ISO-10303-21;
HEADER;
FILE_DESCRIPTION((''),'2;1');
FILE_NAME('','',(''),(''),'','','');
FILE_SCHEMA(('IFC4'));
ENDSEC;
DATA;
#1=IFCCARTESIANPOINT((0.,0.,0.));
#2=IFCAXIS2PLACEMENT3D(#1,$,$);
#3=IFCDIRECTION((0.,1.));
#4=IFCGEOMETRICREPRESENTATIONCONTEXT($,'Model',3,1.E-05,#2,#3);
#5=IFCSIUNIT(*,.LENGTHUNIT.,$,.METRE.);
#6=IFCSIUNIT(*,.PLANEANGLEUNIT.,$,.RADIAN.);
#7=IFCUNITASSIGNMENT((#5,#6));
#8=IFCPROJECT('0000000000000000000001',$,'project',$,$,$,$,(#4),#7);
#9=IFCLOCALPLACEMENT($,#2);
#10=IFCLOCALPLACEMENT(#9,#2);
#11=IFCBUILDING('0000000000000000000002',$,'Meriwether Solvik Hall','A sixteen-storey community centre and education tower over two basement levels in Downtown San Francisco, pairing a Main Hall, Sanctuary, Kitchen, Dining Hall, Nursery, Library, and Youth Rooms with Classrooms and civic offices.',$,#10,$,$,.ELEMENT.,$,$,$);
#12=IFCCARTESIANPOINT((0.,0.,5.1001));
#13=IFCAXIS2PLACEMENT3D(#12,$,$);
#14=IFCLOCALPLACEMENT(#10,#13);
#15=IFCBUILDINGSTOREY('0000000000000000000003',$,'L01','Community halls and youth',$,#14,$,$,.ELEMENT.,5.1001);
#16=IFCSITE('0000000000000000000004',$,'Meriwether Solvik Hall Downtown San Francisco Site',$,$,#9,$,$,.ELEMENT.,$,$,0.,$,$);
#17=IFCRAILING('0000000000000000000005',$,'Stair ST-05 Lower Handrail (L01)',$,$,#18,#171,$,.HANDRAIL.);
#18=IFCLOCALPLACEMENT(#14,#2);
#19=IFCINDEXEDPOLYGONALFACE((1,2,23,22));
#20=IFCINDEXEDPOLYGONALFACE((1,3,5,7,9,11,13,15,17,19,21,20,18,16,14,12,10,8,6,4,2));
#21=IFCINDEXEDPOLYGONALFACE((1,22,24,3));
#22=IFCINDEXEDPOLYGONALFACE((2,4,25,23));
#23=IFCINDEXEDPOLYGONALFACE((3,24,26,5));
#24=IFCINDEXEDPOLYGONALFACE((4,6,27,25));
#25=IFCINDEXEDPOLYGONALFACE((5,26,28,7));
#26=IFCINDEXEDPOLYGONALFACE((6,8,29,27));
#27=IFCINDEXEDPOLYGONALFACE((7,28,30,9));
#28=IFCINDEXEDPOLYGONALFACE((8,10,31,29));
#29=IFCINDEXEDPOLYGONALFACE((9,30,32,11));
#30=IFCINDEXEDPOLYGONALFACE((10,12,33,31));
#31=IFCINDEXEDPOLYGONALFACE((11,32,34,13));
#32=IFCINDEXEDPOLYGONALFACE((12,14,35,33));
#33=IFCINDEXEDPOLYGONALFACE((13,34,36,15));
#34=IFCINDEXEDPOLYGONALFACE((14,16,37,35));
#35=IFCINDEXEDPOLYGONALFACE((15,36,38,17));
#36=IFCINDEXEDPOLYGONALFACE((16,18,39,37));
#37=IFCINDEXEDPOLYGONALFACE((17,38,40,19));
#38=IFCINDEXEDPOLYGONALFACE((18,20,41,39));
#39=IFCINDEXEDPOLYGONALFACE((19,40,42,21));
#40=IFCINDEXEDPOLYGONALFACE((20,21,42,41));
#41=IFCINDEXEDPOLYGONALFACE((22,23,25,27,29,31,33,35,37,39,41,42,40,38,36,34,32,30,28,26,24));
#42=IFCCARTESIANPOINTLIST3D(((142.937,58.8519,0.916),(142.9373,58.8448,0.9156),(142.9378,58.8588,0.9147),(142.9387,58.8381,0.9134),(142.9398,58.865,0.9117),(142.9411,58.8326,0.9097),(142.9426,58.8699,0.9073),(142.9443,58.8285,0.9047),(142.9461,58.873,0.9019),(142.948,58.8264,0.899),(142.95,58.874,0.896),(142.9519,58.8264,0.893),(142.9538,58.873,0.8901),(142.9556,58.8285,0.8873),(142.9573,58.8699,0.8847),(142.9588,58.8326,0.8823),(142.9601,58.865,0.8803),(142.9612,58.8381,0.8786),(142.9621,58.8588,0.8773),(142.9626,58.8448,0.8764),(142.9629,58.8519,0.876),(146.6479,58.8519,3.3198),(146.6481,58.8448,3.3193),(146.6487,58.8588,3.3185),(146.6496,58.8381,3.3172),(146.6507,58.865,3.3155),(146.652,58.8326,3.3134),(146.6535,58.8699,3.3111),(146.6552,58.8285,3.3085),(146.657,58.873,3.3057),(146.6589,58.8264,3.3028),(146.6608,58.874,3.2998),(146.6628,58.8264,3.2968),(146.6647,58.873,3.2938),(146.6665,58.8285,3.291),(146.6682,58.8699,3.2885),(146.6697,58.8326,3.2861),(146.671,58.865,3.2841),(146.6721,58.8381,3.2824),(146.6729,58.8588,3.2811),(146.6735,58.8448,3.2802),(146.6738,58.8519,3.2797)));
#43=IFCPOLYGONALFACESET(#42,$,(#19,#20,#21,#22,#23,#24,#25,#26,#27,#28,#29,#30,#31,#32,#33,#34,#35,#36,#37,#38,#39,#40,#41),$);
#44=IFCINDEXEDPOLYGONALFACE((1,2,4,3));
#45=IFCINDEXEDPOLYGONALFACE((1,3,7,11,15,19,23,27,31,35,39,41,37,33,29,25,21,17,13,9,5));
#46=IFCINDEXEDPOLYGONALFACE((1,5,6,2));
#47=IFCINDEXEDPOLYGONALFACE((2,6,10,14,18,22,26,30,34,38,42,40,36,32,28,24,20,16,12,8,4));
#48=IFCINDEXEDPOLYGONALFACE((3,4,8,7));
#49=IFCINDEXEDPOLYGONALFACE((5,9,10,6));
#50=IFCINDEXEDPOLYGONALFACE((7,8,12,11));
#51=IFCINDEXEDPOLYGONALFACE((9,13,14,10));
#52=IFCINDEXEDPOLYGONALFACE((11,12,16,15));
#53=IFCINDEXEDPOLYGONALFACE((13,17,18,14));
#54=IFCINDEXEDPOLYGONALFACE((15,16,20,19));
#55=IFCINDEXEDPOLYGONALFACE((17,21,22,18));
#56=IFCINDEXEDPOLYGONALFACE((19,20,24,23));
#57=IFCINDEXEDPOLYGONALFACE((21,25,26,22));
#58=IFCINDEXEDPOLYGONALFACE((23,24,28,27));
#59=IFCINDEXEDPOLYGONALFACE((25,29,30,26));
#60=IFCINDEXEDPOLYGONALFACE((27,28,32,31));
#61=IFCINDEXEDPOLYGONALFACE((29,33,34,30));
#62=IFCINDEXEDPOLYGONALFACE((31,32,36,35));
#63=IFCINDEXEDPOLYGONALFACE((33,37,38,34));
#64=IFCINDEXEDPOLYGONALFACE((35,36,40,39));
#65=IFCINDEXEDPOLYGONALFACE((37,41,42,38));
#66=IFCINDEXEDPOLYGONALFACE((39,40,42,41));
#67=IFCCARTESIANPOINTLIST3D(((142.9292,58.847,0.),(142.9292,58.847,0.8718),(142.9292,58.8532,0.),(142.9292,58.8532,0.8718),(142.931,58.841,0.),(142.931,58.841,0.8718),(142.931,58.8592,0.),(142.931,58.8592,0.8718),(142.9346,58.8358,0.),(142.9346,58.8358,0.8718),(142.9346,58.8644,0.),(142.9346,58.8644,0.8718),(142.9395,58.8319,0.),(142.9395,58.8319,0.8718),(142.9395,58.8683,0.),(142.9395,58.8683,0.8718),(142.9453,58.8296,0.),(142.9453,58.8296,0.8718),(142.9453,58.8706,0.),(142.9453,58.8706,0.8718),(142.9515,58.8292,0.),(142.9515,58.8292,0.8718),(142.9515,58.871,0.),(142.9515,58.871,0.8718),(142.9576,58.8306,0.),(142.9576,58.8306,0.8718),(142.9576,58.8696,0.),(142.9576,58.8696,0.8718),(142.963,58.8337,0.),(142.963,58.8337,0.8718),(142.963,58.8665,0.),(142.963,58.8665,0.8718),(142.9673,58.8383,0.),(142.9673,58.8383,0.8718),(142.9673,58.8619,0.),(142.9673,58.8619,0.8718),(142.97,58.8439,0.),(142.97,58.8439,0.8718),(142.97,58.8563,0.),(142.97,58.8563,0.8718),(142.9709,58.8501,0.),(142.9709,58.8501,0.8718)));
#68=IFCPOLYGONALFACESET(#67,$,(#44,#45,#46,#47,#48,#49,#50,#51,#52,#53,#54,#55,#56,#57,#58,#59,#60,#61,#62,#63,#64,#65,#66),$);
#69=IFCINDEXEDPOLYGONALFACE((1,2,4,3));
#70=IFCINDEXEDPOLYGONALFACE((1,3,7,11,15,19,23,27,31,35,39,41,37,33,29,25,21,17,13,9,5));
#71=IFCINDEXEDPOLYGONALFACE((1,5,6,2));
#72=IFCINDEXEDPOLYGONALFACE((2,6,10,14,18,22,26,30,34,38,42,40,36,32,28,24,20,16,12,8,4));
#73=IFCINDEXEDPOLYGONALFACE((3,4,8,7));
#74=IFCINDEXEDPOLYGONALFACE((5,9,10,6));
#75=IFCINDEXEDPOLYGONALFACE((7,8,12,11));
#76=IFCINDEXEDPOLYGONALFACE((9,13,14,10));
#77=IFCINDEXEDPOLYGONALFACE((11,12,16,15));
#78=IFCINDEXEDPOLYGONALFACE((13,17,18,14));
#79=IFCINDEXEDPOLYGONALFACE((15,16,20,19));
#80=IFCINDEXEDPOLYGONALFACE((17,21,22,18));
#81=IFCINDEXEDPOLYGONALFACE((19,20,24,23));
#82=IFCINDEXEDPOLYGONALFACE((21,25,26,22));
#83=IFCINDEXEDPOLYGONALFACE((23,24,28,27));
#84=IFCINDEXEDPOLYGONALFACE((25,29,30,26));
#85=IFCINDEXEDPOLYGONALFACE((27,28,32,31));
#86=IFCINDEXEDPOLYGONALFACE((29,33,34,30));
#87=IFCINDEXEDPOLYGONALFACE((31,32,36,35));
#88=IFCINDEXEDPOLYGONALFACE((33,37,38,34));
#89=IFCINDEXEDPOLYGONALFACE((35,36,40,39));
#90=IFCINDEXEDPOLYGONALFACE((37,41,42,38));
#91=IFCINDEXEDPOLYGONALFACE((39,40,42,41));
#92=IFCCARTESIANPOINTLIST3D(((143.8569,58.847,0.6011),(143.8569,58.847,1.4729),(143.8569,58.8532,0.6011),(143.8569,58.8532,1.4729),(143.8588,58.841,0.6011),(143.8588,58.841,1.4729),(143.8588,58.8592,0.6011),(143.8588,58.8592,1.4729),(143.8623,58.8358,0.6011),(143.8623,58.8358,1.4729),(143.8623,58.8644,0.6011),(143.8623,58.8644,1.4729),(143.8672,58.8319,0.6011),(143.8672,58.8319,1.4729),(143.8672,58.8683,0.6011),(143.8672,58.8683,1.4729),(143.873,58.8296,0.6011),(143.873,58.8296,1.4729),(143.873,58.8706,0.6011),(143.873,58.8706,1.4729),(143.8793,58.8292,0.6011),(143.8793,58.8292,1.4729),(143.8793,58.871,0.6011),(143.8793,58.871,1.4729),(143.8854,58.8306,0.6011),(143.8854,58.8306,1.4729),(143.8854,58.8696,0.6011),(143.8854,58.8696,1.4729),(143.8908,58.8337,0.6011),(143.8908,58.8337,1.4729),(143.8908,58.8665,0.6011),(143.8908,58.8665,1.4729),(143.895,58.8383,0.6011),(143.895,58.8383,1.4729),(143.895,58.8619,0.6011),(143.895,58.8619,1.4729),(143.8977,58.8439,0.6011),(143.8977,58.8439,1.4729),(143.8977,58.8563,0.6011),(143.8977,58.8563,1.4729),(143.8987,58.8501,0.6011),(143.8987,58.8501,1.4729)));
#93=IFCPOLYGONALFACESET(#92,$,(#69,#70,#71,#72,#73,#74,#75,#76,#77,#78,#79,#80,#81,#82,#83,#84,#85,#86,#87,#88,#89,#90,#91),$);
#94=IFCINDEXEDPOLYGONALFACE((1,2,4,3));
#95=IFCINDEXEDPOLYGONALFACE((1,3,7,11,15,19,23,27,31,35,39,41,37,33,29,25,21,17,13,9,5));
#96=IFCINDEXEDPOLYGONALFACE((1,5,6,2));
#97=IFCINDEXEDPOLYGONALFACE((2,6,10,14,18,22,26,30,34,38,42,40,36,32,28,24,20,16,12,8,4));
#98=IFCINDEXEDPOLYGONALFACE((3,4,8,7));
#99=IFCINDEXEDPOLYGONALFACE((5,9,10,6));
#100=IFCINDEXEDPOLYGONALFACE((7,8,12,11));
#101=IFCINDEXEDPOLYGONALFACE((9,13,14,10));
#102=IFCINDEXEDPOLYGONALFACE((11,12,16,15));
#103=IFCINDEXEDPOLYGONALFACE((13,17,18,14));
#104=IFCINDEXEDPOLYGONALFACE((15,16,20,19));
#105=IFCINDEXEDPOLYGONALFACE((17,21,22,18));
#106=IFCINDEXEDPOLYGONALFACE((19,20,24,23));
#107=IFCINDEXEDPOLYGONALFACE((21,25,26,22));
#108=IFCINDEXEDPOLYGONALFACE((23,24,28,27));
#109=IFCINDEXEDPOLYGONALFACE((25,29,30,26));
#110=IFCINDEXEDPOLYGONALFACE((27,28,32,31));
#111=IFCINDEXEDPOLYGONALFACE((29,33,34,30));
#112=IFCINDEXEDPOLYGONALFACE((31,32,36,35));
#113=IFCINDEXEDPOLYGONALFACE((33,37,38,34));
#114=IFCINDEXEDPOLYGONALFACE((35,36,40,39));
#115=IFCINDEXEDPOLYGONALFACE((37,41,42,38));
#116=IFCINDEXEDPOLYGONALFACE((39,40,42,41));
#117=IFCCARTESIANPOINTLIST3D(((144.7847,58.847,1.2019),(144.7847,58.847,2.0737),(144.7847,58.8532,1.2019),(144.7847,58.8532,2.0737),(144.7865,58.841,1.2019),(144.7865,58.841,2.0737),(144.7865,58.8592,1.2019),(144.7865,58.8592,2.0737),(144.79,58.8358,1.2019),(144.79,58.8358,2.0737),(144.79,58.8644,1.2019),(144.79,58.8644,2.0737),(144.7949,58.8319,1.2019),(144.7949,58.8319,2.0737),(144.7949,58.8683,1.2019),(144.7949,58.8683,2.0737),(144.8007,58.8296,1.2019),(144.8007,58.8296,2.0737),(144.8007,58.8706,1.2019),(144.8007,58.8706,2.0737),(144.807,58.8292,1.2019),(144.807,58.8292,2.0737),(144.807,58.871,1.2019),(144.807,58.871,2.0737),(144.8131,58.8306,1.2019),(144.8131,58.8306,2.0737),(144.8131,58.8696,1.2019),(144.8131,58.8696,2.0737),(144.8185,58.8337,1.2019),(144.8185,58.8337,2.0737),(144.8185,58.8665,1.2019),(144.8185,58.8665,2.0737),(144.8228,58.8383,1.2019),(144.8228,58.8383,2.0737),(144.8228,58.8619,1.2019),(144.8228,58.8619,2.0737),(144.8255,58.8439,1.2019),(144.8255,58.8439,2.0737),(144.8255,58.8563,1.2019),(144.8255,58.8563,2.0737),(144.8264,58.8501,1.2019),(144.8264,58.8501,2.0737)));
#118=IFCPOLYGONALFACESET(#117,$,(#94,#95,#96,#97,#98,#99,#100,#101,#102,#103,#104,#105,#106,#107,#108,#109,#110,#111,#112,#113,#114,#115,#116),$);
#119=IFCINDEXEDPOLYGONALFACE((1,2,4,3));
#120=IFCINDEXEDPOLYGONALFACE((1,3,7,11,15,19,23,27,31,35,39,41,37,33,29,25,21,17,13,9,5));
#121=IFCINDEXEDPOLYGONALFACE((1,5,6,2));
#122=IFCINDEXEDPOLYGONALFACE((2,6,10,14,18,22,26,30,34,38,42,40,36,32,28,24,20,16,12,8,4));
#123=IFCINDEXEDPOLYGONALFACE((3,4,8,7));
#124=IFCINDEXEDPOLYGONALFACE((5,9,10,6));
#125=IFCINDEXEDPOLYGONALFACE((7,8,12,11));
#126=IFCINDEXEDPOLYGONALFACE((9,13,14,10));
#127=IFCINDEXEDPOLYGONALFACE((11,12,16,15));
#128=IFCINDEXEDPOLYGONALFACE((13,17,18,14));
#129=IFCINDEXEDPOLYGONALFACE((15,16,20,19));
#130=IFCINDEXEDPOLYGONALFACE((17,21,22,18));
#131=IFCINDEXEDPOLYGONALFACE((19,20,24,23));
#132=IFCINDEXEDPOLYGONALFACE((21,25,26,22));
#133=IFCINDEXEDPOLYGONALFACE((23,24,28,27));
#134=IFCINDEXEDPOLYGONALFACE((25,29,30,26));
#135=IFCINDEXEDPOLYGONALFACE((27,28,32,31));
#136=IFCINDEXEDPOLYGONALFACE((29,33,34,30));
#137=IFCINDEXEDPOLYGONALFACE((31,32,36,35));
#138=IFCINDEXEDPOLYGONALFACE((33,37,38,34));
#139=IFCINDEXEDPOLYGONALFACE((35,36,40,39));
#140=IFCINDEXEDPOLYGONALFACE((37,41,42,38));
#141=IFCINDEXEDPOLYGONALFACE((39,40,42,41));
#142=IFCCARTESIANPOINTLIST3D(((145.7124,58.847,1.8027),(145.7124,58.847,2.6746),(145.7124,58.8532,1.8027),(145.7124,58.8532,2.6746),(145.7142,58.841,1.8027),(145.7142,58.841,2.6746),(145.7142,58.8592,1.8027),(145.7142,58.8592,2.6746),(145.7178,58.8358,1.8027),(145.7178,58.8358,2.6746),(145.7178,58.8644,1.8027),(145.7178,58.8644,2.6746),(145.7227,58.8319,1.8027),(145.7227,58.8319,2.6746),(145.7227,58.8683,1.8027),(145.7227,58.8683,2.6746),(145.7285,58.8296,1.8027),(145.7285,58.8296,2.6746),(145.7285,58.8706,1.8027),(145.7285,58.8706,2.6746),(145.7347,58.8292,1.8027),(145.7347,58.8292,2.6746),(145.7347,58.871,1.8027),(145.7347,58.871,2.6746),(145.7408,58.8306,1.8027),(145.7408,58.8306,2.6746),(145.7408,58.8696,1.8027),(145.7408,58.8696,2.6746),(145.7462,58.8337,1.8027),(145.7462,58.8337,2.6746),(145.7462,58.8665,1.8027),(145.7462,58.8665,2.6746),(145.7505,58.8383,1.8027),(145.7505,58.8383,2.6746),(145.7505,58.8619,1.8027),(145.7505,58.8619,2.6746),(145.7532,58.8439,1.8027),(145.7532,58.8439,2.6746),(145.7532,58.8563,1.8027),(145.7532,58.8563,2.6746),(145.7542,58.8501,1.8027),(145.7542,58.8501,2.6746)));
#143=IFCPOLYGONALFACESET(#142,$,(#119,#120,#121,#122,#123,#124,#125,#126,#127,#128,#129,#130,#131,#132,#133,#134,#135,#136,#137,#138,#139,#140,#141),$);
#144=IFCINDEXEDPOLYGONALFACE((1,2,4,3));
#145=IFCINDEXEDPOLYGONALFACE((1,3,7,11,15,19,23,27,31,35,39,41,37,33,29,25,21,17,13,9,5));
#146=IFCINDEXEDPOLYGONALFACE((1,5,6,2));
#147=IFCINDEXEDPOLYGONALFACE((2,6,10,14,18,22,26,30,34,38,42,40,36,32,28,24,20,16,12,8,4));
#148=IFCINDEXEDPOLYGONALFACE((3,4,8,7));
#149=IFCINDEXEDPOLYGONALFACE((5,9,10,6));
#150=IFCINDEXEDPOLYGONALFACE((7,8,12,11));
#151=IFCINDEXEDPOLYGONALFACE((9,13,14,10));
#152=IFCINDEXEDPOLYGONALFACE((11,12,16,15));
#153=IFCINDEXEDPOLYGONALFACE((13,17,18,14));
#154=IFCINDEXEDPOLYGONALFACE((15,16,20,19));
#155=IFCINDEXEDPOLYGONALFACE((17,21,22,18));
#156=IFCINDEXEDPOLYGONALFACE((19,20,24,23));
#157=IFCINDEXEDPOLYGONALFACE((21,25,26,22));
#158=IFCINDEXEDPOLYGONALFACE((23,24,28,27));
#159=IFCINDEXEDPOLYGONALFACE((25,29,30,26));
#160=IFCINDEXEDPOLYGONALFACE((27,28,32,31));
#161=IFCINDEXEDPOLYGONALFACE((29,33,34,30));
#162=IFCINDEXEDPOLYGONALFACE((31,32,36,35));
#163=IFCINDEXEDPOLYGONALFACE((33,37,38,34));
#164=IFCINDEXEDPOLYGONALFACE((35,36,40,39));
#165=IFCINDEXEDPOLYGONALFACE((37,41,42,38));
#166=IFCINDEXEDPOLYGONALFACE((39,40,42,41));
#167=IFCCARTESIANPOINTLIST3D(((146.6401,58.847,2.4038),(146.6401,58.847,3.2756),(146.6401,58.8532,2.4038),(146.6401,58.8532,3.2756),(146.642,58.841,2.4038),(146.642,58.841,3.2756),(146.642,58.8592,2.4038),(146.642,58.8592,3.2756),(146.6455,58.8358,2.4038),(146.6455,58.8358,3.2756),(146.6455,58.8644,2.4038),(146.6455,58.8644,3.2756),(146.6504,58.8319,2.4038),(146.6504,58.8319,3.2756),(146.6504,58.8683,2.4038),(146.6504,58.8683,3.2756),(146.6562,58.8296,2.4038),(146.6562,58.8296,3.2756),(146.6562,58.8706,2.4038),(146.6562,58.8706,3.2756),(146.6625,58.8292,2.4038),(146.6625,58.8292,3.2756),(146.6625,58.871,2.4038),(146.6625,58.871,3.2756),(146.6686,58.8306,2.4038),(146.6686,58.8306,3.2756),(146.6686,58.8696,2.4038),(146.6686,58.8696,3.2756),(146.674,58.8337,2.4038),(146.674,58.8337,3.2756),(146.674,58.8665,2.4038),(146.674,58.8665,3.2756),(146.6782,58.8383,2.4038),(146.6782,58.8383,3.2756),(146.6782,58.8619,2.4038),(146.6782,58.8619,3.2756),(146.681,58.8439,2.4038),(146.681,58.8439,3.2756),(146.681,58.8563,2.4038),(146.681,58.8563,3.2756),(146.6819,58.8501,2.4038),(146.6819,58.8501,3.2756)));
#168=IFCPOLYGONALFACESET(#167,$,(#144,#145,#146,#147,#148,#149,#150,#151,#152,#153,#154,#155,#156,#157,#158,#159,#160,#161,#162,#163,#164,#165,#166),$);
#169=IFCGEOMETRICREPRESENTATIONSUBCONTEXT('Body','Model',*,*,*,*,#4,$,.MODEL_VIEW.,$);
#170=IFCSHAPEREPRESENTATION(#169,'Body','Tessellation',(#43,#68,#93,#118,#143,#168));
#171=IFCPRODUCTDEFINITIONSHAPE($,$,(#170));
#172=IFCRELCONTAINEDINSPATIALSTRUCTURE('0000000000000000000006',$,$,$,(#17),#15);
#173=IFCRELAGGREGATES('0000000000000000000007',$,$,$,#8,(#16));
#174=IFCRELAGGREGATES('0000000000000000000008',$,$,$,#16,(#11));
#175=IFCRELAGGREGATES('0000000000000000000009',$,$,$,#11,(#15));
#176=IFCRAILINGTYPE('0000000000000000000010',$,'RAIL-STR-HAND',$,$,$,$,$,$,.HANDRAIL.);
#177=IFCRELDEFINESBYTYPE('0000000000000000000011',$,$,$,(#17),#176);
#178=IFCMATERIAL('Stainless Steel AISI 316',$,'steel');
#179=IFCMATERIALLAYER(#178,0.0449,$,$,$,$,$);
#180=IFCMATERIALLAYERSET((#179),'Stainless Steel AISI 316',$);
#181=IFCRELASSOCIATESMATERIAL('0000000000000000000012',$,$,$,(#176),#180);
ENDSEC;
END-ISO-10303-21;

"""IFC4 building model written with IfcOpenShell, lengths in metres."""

from ifc_helpers import new_model, si_unit, direction, frame, origin, origin_2d, place, context, subcontext, project, spatial, circle, extrude, material, layer, layer_set, type_object, element, save


model = new_model("IFC4")

# Units and contexts
model_context = context("Model", 3, precision=1e-05, world=origin(), true_north=direction((0.0, 1.0)))
body_context = subcontext(model_context, "Body", "Model", "MODEL_VIEW")
ifc_project = project(units=[si_unit("LENGTHUNIT", "METRE"), si_unit("PLANEANGLEUNIT", "RADIAN")], contexts=[model_context])

# Site, building, storey
site_placement = place(None, origin())
site = spatial("IfcSite", under=ifc_project, at=site_placement, Name="Meriwether Solvik Hall Downtown San Francisco Site", CompositionType="ELEMENT", RefElevation=0.0)
building_placement = place(site_placement, origin())
building = spatial("IfcBuilding", under=site, at=building_placement, Name="Meriwether Solvik Hall", Description="A sixteen-storey community centre and education tower over two basement levels in Downtown San Francisco, pairing a Main Hall, Sanctuary, Kitchen, Dining Hall, Nursery, Library, and Youth Rooms with Classrooms and civic offices.", CompositionType="ELEMENT")
storey_placement = place(building_placement, frame((0.0, 0.0, 5.1001)))
storey = spatial("IfcBuildingStorey", under=building, at=storey_placement, Name="L01", Description="Community halls and youth", CompositionType="ELEMENT", Elevation=5.1001)

# Railing
ifc_material_1 = material(Name="Stainless Steel AISI 316", Category="steel")
ifc_layer_1 = layer(ifc_material_1, 0.0449)
ifc_layer_set_1 = layer_set([ifc_layer_1], Name="Stainless Steel AISI 316")
railing_type_1 = type_object("IfcRailingType", Name="RAIL-STR-HAND", PredefinedType="HANDRAIL", material=ifc_layer_set_1)
railing_1_placement = place(storey_placement, frame((142.95, 58.8501, 0.0)))
element("IfcRailing", 1, at=railing_1_placement, inside=storey, type_object=railing_type_1, Name="Stair ST-05 Lower Handrail (L01)", PredefinedType="HANDRAIL", context=body_context, shape_type="SweptSolid", body=[
    extrude(circle(Radius=0.0239, at=origin_2d()), frame((0.0, 0.0, 0.896), z_axis=(0.8393, 0.0, 0.543668), x_axis=(0.0, 1.0, 0.0)), (0.0, 0.0, 1.0), 4.4214),
    extrude(circle(Radius=0.021, at=origin_2d()), origin(), (0.0, 0.0, 1.0), 0.8718),
    extrude(circle(Radius=0.021, at=origin_2d()), frame((0.9277, 0.0, 0.6011)), (0.0, 0.0, 1.0), 0.8718),
    extrude(circle(Radius=0.021, at=origin_2d()), frame((1.8555, 0.0, 1.2019)), (0.0, 0.0, 1.0), 0.8718),
    extrude(circle(Radius=0.021, at=origin_2d()), frame((2.7832, 0.0, 1.8027)), (0.0, 0.0, 1.0), 0.8718),
    extrude(circle(Radius=0.021, at=origin_2d()), frame((3.7109, 0.0, 2.4038)), (0.0, 0.0, 1.0), 0.8718),
])

save(model, "model.ifc")
